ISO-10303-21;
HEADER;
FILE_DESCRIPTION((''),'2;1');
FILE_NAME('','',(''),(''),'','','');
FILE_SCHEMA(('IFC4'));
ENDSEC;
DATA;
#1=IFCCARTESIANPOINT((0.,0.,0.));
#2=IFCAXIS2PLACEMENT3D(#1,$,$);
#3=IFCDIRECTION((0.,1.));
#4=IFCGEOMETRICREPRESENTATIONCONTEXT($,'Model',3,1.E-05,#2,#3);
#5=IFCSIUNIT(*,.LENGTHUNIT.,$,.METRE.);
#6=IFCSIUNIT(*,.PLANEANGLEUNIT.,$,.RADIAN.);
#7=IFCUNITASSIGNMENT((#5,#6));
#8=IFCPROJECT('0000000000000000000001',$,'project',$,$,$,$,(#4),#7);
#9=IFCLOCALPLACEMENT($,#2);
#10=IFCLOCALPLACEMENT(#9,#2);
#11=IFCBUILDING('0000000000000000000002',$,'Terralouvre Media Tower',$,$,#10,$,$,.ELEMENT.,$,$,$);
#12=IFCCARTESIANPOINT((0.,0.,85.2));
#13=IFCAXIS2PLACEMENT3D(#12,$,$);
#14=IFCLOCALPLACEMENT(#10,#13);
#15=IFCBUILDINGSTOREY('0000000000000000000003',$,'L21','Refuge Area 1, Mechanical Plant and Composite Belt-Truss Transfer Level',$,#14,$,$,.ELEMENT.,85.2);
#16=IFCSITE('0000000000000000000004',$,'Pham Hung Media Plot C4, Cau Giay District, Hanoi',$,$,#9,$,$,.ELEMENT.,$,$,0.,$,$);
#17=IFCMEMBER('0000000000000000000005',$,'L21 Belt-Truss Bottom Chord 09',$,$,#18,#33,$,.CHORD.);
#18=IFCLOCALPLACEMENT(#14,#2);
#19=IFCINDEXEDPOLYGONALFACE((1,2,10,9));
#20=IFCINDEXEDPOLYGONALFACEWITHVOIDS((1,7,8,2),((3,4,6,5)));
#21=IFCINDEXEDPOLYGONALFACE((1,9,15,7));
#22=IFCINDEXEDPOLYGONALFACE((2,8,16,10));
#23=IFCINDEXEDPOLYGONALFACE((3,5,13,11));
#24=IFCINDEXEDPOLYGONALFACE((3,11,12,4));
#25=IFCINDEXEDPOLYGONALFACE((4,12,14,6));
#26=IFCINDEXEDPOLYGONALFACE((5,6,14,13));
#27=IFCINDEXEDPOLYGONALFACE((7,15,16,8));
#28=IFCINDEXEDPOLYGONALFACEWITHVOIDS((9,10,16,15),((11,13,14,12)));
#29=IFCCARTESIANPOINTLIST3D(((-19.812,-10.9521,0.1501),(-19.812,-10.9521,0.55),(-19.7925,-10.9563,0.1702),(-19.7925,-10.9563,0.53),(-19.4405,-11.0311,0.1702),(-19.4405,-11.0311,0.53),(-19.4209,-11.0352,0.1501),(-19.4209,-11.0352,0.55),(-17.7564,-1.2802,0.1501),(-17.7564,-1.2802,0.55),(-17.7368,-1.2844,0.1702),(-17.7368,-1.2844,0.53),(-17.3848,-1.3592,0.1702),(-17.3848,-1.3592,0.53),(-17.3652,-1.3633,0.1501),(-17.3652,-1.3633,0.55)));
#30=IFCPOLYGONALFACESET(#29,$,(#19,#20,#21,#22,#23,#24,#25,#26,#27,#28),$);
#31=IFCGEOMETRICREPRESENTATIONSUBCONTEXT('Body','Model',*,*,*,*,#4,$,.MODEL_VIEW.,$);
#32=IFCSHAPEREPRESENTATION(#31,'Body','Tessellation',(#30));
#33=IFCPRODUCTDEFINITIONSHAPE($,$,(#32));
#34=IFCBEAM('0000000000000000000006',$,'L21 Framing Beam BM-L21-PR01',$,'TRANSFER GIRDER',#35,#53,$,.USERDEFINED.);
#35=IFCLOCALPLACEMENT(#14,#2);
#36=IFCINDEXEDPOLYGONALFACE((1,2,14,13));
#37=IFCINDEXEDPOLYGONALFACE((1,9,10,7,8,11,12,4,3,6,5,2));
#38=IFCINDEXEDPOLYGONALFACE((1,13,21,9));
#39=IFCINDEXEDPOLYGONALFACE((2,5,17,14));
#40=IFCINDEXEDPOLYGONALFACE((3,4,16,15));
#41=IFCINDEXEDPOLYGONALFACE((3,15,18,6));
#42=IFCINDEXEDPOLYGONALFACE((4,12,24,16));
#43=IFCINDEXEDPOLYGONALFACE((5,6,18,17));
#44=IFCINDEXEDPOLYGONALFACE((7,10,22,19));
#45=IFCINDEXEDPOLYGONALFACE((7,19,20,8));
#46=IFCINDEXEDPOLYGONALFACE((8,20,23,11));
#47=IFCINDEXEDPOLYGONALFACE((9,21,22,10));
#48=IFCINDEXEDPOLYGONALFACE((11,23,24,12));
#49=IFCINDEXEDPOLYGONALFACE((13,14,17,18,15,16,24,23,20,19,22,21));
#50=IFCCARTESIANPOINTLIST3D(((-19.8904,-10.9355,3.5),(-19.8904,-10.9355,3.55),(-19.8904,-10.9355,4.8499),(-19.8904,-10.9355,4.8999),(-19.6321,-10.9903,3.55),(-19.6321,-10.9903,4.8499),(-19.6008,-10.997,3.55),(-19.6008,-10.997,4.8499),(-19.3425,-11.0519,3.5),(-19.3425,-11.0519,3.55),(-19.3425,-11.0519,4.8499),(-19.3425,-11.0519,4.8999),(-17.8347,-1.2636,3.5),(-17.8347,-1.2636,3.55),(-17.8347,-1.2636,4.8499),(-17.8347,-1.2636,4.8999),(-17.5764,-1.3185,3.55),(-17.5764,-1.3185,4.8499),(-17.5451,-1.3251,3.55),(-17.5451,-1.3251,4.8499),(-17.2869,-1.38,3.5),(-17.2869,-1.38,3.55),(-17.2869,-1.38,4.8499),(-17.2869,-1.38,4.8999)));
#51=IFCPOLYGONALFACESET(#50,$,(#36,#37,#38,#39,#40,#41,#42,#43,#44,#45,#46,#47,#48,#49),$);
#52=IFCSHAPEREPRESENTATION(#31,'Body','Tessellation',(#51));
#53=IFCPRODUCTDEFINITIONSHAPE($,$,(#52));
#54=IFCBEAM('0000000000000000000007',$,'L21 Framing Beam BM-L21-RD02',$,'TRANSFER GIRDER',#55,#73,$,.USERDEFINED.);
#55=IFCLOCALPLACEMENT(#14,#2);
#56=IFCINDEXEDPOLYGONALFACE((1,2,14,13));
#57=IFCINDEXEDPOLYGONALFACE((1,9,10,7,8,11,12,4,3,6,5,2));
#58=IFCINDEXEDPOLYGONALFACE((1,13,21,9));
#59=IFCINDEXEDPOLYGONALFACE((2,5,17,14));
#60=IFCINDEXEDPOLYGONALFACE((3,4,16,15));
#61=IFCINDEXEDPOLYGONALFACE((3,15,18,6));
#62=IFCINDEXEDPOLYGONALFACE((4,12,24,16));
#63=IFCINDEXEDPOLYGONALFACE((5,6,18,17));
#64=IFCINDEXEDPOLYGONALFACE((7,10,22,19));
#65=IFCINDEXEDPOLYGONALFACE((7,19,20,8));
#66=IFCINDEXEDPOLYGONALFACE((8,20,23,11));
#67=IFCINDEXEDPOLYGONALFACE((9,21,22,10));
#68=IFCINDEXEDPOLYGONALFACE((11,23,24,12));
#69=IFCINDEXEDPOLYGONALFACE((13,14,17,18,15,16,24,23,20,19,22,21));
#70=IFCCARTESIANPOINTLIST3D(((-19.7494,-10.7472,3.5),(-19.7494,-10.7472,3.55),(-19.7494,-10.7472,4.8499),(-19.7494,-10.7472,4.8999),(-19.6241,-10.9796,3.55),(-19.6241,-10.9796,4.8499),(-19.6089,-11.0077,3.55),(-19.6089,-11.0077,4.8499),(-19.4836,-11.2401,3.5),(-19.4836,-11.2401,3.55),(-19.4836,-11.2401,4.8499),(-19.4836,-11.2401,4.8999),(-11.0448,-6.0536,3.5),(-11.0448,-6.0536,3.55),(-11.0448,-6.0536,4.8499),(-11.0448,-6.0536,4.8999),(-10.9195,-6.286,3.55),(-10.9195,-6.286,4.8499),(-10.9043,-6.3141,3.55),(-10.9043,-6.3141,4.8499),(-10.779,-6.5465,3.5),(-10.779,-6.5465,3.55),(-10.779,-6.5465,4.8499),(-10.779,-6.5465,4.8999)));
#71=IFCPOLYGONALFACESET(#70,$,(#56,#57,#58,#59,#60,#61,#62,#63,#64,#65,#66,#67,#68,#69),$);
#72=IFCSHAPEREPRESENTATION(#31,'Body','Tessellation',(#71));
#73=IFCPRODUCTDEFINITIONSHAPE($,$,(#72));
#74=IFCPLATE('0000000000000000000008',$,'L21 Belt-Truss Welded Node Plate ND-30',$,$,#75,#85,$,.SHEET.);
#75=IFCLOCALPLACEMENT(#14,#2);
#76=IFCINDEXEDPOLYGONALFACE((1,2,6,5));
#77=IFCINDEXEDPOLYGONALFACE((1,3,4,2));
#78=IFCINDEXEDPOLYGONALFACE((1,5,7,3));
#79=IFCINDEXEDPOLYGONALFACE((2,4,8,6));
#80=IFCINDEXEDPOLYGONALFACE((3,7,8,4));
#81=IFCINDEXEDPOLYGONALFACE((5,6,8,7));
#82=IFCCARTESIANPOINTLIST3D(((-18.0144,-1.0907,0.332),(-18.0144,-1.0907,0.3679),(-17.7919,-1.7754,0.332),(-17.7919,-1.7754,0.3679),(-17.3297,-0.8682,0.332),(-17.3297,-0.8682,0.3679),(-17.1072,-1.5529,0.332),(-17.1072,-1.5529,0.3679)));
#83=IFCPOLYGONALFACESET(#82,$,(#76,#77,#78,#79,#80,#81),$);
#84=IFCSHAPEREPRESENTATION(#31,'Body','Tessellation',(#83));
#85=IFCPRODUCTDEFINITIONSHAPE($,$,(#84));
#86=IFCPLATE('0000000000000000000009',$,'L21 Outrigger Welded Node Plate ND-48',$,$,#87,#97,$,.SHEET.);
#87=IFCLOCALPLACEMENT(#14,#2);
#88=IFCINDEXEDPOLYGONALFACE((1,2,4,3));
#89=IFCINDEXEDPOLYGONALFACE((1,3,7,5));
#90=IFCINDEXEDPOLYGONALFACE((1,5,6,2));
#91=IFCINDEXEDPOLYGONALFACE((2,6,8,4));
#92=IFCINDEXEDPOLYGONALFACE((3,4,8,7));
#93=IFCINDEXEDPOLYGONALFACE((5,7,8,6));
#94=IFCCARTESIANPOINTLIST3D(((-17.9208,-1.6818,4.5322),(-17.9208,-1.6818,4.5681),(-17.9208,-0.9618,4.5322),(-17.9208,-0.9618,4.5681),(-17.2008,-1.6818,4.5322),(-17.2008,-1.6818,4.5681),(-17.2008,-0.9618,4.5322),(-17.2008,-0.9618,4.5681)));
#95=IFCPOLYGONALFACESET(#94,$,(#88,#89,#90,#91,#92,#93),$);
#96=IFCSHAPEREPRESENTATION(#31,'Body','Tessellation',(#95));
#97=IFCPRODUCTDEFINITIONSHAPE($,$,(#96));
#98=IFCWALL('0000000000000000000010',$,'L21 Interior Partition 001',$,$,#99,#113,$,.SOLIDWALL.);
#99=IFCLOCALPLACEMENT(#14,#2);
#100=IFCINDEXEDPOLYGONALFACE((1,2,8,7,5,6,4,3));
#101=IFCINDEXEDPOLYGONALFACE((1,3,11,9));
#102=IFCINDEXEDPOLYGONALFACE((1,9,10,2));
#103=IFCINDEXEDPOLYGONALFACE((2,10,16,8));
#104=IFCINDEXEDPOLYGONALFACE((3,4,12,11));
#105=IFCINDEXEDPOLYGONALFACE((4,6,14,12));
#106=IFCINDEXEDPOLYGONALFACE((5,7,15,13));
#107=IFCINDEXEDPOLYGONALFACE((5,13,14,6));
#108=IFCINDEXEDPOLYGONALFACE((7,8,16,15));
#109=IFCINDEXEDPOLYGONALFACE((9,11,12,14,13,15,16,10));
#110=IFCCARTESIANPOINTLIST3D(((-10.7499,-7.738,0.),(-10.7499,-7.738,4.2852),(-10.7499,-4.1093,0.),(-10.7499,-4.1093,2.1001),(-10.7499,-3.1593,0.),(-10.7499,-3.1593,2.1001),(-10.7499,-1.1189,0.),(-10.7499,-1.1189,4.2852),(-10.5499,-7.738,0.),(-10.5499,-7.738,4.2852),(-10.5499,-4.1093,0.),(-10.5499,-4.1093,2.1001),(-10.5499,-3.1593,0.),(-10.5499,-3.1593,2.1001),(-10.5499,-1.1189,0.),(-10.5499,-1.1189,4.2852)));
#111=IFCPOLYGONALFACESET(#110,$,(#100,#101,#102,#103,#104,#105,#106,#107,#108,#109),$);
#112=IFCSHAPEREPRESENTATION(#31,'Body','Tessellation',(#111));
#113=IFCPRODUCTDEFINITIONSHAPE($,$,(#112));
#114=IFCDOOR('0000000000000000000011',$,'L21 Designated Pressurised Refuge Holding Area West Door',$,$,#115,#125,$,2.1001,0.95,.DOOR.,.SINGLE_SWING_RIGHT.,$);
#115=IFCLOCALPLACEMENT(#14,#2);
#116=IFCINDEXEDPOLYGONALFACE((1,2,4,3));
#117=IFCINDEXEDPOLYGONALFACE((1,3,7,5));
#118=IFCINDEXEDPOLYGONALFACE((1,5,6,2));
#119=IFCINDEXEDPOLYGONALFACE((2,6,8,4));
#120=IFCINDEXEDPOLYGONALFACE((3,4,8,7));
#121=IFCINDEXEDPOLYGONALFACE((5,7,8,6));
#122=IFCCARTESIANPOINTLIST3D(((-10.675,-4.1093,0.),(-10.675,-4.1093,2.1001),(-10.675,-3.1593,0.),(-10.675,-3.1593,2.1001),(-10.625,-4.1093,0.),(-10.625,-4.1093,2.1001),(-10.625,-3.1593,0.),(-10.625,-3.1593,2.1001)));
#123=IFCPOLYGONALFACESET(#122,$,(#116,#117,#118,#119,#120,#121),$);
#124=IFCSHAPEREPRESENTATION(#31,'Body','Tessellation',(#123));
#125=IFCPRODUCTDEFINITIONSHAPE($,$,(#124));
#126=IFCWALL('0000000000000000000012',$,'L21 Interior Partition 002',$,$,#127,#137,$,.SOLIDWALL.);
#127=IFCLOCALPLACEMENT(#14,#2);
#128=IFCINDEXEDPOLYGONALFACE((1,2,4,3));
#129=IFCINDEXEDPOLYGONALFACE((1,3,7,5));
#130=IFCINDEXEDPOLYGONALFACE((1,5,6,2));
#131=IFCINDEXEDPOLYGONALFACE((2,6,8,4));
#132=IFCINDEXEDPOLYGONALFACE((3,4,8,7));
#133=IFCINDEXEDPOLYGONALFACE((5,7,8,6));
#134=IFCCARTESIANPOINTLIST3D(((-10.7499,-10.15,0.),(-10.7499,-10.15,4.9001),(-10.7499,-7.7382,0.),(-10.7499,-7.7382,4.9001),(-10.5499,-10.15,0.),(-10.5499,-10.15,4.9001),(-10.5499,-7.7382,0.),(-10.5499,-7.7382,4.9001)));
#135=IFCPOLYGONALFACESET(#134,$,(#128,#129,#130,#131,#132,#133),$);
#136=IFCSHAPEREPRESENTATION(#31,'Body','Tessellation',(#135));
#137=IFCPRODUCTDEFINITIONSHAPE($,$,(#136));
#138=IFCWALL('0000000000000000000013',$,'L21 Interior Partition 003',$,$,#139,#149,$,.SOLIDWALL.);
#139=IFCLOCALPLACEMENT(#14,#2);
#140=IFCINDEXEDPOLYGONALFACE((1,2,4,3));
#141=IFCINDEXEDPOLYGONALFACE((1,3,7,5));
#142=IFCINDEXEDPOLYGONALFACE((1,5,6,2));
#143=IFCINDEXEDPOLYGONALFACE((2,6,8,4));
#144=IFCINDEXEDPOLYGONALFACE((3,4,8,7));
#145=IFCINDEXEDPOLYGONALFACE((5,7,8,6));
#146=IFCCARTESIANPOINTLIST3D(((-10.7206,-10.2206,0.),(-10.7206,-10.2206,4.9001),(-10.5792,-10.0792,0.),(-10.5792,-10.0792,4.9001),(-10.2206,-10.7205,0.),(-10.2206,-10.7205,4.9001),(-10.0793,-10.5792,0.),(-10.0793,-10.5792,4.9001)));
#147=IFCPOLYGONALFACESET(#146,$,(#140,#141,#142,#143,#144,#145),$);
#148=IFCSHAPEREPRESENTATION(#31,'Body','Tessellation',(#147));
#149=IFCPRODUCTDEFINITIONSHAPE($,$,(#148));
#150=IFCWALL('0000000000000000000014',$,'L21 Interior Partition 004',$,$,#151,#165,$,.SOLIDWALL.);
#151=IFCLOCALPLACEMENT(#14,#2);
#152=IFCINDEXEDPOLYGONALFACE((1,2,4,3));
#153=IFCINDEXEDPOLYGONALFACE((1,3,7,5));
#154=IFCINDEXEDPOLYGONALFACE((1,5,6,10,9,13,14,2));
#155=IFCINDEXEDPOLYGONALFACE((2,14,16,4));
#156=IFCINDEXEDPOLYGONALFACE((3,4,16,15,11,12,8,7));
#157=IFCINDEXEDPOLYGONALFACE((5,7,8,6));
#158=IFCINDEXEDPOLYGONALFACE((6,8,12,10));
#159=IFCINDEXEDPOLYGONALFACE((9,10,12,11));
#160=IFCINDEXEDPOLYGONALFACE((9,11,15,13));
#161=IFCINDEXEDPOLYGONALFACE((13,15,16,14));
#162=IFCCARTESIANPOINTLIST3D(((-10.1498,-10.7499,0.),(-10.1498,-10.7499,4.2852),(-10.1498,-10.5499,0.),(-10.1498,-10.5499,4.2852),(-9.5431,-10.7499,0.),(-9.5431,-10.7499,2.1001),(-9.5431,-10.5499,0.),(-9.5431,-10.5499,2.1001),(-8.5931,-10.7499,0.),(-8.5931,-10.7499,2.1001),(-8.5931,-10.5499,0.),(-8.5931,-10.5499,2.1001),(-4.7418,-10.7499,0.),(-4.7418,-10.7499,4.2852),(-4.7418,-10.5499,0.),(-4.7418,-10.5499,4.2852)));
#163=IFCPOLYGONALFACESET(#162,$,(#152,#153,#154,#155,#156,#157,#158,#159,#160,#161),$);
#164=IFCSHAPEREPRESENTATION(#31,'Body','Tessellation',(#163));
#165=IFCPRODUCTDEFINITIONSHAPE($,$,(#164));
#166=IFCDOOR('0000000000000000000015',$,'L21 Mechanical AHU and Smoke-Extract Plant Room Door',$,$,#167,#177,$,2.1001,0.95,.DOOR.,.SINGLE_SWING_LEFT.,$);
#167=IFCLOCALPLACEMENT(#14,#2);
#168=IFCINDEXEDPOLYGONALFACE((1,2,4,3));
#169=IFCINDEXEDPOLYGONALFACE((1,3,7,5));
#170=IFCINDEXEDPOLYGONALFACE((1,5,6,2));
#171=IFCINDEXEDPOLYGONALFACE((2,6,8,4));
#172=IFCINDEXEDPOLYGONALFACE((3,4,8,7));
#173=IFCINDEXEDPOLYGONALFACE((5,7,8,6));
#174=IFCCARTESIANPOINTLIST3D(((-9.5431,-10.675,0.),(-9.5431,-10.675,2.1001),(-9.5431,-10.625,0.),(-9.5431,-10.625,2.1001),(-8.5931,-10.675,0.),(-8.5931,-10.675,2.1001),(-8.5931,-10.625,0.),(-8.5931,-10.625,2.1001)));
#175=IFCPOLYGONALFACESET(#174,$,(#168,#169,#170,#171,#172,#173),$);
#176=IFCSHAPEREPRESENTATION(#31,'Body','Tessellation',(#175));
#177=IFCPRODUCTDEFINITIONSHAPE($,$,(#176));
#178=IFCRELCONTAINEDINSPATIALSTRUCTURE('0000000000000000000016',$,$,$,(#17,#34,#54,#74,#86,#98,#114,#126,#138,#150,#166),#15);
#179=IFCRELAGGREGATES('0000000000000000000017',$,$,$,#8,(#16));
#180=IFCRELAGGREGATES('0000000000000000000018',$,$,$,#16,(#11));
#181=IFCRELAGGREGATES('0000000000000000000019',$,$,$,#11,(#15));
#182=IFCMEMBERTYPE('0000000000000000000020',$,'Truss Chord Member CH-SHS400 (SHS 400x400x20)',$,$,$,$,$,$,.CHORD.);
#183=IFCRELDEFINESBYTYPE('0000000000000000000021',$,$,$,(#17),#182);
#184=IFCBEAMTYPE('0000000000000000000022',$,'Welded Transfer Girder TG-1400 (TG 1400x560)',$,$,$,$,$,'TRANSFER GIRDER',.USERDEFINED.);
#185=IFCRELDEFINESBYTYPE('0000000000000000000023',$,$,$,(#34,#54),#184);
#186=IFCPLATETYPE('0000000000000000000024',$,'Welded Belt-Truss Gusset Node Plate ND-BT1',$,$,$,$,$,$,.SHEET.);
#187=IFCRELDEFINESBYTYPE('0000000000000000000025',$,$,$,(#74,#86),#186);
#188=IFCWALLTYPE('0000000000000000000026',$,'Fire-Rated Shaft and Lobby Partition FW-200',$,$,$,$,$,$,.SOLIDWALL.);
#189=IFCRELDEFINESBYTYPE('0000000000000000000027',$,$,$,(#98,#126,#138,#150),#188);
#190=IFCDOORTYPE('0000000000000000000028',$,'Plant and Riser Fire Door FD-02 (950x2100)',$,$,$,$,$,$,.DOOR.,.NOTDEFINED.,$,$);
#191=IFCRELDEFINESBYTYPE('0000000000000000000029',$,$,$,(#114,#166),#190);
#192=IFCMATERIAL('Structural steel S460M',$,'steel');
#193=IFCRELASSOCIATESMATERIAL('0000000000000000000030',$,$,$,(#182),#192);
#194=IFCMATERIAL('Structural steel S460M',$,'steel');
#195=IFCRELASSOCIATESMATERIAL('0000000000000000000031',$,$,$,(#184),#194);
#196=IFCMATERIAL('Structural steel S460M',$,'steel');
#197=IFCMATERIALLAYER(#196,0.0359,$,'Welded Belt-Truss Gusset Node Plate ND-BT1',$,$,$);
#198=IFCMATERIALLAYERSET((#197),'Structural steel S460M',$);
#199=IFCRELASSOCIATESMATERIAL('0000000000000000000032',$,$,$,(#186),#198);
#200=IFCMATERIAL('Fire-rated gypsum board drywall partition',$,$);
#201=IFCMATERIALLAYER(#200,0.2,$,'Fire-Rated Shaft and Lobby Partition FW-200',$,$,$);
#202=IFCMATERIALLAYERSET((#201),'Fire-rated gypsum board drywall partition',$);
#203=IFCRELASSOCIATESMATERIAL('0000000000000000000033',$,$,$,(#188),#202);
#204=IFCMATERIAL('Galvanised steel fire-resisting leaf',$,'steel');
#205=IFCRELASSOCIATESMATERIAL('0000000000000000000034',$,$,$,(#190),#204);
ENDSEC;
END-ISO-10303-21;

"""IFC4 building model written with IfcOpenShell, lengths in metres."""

from ifc_helpers import new_model, si_unit, direction, frame, frame_2d, origin, origin_2d, place, context, subcontext, project, spatial, rectangle, hollow_rectangle, i_section, extrude, material, layer, layer_set, material_profile, profile_set, type_object, element, fill, save


model = new_model("IFC4")

# Units and contexts
model_context = context("Model", 3, precision=1e-05, world=origin(), true_north=direction((0.0, 1.0)))
body_context = subcontext(model_context, "Body", "Model", "MODEL_VIEW")
ifc_project = project(units=[si_unit("LENGTHUNIT", "METRE"), si_unit("PLANEANGLEUNIT", "RADIAN")], contexts=[model_context])

# Site, building, storey
site_placement = place(None, origin())
site = spatial("IfcSite", under=ifc_project, at=site_placement, Name="Pham Hung Media Plot C4, Cau Giay District, Hanoi", CompositionType="ELEMENT", RefElevation=0.0)
building_placement = place(site_placement, origin())
building = spatial("IfcBuilding", under=site, at=building_placement, Name="Terralouvre Media Tower", CompositionType="ELEMENT")
storey_placement = place(building_placement, frame((0.0, 0.0, 85.2)))
storey = spatial("IfcBuildingStorey", under=building, at=storey_placement, Name="L21", Description="Refuge Area 1, Mechanical Plant and Composite Belt-Truss Transfer Level", CompositionType="ELEMENT", Elevation=85.2)

# Member
ifc_material_1 = material(Name="Structural steel S460M", Category="steel")
ifc_material_profile_1 = material_profile(ifc_material_1, hollow_rectangle(XDim=0.3999, YDim=0.3999, WallThickness=0.02, at=origin_2d()), Name="SHS 400x400x20")
ifc_profile_set_1 = profile_set([ifc_material_profile_1], Name="Structural steel S460M")
member_type_1 = type_object("IfcMemberType", Name="Truss Chord Member CH-SHS400 (SHS 400x400x20)", PredefinedType="CHORD", material=ifc_profile_set_1)
member_1_placement = place(storey_placement, frame((-17.5608, -1.3218, 0.3501), z_axis=(-0.207897, -0.978151, 0.0), x_axis=(0.978151, -0.207897, 0.0)))
element("IfcMember", 1, at=member_1_placement, inside=storey, type_object=member_type_1, Name="L21 Belt-Truss Bottom Chord 09", PredefinedType="CHORD", context=body_context, shape_type="SweptSolid", body=[
    extrude(hollow_rectangle(XDim=0.3999, YDim=0.3999, WallThickness=0.02, at=origin_2d()), origin(), (0.0, 0.0, 1.0), 9.8879),
])

# Beams
ifc_material_2 = material(Name="Structural steel S460M", Category="steel")
ifc_material_profile_2 = material_profile(ifc_material_2, i_section(OverallWidth=0.5601, OverallDepth=1.3999, WebThickness=0.032, FlangeThickness=0.05, at=origin_2d()), Name="TG 1400x560")
ifc_profile_set_2 = profile_set([ifc_material_profile_2], Name="Structural steel S460M")
beam_type_1 = type_object("IfcBeamType", Name="Welded Transfer Girder TG-1400 (TG 1400x560)", ElementType="TRANSFER GIRDER", PredefinedType="USERDEFINED", material=ifc_profile_set_2)
beam_1_placement = place(storey_placement, frame((-17.5608, -1.3218, 4.2), z_axis=(-0.207897, -0.978151, 0.0), x_axis=(0.978151, -0.207897, 0.0)))
element("IfcBeam", 2, at=beam_1_placement, inside=storey, type_object=beam_type_1, Name="L21 Framing Beam BM-L21-PR01", ObjectType="TRANSFER GIRDER", PredefinedType="USERDEFINED", context=body_context, shape_type="SweptSolid", body=[
    extrude(i_section(OverallWidth=0.5601, OverallDepth=1.3999, WebThickness=0.032, FlangeThickness=0.05, at=origin_2d()), origin(), (0.0, 0.0, 1.0), 9.8879),
])
beam_2_placement = place(storey_placement, frame((-10.9119, -6.3, 4.2), z_axis=(-0.880196, -0.474611, 0.0), x_axis=(0.474611, -0.880196, 0.0)))
element("IfcBeam", 3, at=beam_2_placement, inside=storey, type_object=beam_type_1, Name="L21 Framing Beam BM-L21-RD02", ObjectType="TRANSFER GIRDER", PredefinedType="USERDEFINED", context=body_context, shape_type="SweptSolid", body=[
    extrude(i_section(OverallWidth=0.5601, OverallDepth=1.3999, WebThickness=0.032, FlangeThickness=0.05, at=origin_2d()), origin(), (0.0, 0.0, 1.0), 9.8894),
])

# Plates
ifc_material_3 = material(Name="Structural steel S460M", Category="steel")
ifc_layer_1 = layer(ifc_material_3, 0.0359, Name="Welded Belt-Truss Gusset Node Plate ND-BT1")
ifc_layer_set_1 = layer_set([ifc_layer_1], Name="Structural steel S460M")
plate_type = type_object("IfcPlateType", Name="Welded Belt-Truss Gusset Node Plate ND-BT1", PredefinedType="SHEET", material=ifc_layer_set_1)
for number, where, z_axis, x_axis, name in (
    (4, (-17.5608, -1.3218, 0.332), (0.0, 0.0, 1.0), (0.951057, 0.309017, 0.0), "L21 Belt-Truss Welded Node Plate ND-30"),
    (5, (-17.5608, -1.3218, 4.5322), (0.0, 0.0, 1.0), (1.0, 0.0, 0.0), "L21 Outrigger Welded Node Plate ND-48"),
):
    element("IfcPlate", number, at=place(storey_placement, frame(where, z_axis=z_axis, x_axis=x_axis)), inside=storey, type_object=plate_type, Name=name, PredefinedType="SHEET", context=body_context, shape_type="SweptSolid", body=[
        extrude(rectangle(XDim=0.72, YDim=0.72, at=origin_2d()), origin(), (0.0, 0.0, 1.0), 0.0359),
    ])

# Wall, opening, door
ifc_material_4 = material(Name="Fire-rated gypsum board drywall partition")
ifc_layer_2 = layer(ifc_material_4, 0.2, Name="Fire-Rated Shaft and Lobby Partition FW-200")
ifc_layer_set_2 = layer_set([ifc_layer_2], Name="Fire-rated gypsum board drywall partition")
wall_type = type_object("IfcWallType", Name="Fire-Rated Shaft and Lobby Partition FW-200", PredefinedType="SOLIDWALL", material=ifc_layer_set_2)
wall_1_placement = place(storey_placement, frame((-10.6499, -1.1189, 0.0), z_axis=(0.0, 0.0, 1.0), x_axis=(0.0, -1.0, 0.0)))
wall_1 = element("IfcWall", 6, at=wall_1_placement, inside=storey, type_object=wall_type, Name="L21 Interior Partition 001", PredefinedType="SOLIDWALL", context=body_context, shape_type="SweptSolid", body=[
    extrude(rectangle(XDim=6.6191, YDim=0.2, at=frame_2d((3.3096, 0.0))), origin(), (0.0, 0.0, 1.0), 4.2852),
])
opening_1_placement = place(wall_1_placement, frame((2.0403, 0.0, 0.0)))
opening_1 = element("IfcOpeningElement", 7, at=opening_1_placement, cuts=wall_1, PredefinedType="OPENING", context=body_context, shape_type="SweptSolid", body=[
    extrude(rectangle(XDim=0.95, YDim=2.1001, at=frame_2d((0.4751, 1.05))), frame((0.0, 0.1099, 0.0), z_axis=(0.0, -1.0, 0.0), x_axis=(1.0, 0.0, 0.0)), (0.0, 0.0, 1.0), 0.22),
])
ifc_material_5 = material(Name="Galvanised steel fire-resisting leaf", Category="steel")
door_type = type_object("IfcDoorType", Name="Plant and Riser Fire Door FD-02 (950x2100)", OperationType="NOTDEFINED", PredefinedType="DOOR", material=ifc_material_5)
door_1_placement = place(opening_1_placement, origin())
door_1 = element("IfcDoor", 8, at=door_1_placement, inside=storey, type_object=door_type, Name="L21 Designated Pressurised Refuge Holding Area West Door", OperationType="SINGLE_SWING_RIGHT", OverallHeight=2.1001, OverallWidth=0.95, PredefinedType="DOOR", context=body_context, shape_type="SweptSolid", body=[
    extrude(rectangle(XDim=0.95, YDim=2.1001, at=frame_2d((0.4751, 1.05))), frame((0.0, 0.0249, 0.0), z_axis=(0.0, -1.0, 0.0), x_axis=(1.0, 0.0, 0.0)), (0.0, 0.0, 1.0), 0.05),
])
fill(opening_1, door_1)

# Walls
wall_2_placement = place(storey_placement, frame((-10.6499, -7.738, 0.0), z_axis=(0.0, 0.0, 1.0), x_axis=(0.0, -1.0, 0.0)))
element("IfcWall", 9, at=wall_2_placement, inside=storey, type_object=wall_type, Name="L21 Interior Partition 002", PredefinedType="SOLIDWALL", context=body_context, shape_type="SweptSolid", body=[
    extrude(rectangle(XDim=2.4119, YDim=0.2, at=frame_2d((1.2061, 0.0))), origin(), (0.0, 0.0, 1.0), 4.9001),
])
wall_3_placement = place(storey_placement, frame((-10.6499, -10.1499, 0.0), z_axis=(0.0, 0.0, 1.0), x_axis=(0.707107, -0.707107, 0.0)))
element("IfcWall", 10, at=wall_3_placement, inside=storey, type_object=wall_type, Name="L21 Interior Partition 003", PredefinedType="SOLIDWALL", context=body_context, shape_type="SweptSolid", body=[
    extrude(rectangle(XDim=0.707, YDim=0.2, at=frame_2d((0.3535, 0.0))), origin(), (0.0, 0.0, 1.0), 4.9001),
])

# Wall, opening, door
wall_4_placement = place(storey_placement, frame((-10.1499, -10.6499, 0.0), z_axis=(0.0, 0.0, 1.0), x_axis=(1.0, 0.0, 0.0)))
wall_4 = element("IfcWall", 11, at=wall_4_placement, inside=storey, type_object=wall_type, Name="L21 Interior Partition 004", PredefinedType="SOLIDWALL", context=body_context, shape_type="SweptSolid", body=[
    extrude(rectangle(XDim=5.408, YDim=0.2, at=frame_2d((2.7041, 0.0))), origin(), (0.0, 0.0, 1.0), 4.2852),
])
opening_2_placement = place(wall_4_placement, frame((0.6067, 0.0, 0.0)))
opening_2 = element("IfcOpeningElement", 12, at=opening_2_placement, cuts=wall_4, PredefinedType="OPENING", context=body_context, shape_type="SweptSolid", body=[
    extrude(rectangle(XDim=0.95, YDim=2.1001, at=frame_2d((0.4751, 1.05))), frame((0.0, 0.1099, 0.0), z_axis=(0.0, -1.0, 0.0), x_axis=(1.0, 0.0, 0.0)), (0.0, 0.0, 1.0), 0.22),
])
door_2_placement = place(opening_2_placement, origin())
door_2 = element("IfcDoor", 13, at=door_2_placement, inside=storey, type_object=door_type, Name="L21 Mechanical AHU and Smoke-Extract Plant Room Door", OperationType="SINGLE_SWING_LEFT", OverallHeight=2.1001, OverallWidth=0.95, PredefinedType="DOOR", context=body_context, shape_type="SweptSolid", body=[
    extrude(rectangle(XDim=0.95, YDim=2.1001, at=frame_2d((0.4751, 1.05))), frame((0.0, 0.0249, 0.0), z_axis=(0.0, -1.0, 0.0), x_axis=(1.0, 0.0, 0.0)), (0.0, 0.0, 1.0), 0.05),
])
fill(opening_2, door_2)

save(model, "model.ifc")
